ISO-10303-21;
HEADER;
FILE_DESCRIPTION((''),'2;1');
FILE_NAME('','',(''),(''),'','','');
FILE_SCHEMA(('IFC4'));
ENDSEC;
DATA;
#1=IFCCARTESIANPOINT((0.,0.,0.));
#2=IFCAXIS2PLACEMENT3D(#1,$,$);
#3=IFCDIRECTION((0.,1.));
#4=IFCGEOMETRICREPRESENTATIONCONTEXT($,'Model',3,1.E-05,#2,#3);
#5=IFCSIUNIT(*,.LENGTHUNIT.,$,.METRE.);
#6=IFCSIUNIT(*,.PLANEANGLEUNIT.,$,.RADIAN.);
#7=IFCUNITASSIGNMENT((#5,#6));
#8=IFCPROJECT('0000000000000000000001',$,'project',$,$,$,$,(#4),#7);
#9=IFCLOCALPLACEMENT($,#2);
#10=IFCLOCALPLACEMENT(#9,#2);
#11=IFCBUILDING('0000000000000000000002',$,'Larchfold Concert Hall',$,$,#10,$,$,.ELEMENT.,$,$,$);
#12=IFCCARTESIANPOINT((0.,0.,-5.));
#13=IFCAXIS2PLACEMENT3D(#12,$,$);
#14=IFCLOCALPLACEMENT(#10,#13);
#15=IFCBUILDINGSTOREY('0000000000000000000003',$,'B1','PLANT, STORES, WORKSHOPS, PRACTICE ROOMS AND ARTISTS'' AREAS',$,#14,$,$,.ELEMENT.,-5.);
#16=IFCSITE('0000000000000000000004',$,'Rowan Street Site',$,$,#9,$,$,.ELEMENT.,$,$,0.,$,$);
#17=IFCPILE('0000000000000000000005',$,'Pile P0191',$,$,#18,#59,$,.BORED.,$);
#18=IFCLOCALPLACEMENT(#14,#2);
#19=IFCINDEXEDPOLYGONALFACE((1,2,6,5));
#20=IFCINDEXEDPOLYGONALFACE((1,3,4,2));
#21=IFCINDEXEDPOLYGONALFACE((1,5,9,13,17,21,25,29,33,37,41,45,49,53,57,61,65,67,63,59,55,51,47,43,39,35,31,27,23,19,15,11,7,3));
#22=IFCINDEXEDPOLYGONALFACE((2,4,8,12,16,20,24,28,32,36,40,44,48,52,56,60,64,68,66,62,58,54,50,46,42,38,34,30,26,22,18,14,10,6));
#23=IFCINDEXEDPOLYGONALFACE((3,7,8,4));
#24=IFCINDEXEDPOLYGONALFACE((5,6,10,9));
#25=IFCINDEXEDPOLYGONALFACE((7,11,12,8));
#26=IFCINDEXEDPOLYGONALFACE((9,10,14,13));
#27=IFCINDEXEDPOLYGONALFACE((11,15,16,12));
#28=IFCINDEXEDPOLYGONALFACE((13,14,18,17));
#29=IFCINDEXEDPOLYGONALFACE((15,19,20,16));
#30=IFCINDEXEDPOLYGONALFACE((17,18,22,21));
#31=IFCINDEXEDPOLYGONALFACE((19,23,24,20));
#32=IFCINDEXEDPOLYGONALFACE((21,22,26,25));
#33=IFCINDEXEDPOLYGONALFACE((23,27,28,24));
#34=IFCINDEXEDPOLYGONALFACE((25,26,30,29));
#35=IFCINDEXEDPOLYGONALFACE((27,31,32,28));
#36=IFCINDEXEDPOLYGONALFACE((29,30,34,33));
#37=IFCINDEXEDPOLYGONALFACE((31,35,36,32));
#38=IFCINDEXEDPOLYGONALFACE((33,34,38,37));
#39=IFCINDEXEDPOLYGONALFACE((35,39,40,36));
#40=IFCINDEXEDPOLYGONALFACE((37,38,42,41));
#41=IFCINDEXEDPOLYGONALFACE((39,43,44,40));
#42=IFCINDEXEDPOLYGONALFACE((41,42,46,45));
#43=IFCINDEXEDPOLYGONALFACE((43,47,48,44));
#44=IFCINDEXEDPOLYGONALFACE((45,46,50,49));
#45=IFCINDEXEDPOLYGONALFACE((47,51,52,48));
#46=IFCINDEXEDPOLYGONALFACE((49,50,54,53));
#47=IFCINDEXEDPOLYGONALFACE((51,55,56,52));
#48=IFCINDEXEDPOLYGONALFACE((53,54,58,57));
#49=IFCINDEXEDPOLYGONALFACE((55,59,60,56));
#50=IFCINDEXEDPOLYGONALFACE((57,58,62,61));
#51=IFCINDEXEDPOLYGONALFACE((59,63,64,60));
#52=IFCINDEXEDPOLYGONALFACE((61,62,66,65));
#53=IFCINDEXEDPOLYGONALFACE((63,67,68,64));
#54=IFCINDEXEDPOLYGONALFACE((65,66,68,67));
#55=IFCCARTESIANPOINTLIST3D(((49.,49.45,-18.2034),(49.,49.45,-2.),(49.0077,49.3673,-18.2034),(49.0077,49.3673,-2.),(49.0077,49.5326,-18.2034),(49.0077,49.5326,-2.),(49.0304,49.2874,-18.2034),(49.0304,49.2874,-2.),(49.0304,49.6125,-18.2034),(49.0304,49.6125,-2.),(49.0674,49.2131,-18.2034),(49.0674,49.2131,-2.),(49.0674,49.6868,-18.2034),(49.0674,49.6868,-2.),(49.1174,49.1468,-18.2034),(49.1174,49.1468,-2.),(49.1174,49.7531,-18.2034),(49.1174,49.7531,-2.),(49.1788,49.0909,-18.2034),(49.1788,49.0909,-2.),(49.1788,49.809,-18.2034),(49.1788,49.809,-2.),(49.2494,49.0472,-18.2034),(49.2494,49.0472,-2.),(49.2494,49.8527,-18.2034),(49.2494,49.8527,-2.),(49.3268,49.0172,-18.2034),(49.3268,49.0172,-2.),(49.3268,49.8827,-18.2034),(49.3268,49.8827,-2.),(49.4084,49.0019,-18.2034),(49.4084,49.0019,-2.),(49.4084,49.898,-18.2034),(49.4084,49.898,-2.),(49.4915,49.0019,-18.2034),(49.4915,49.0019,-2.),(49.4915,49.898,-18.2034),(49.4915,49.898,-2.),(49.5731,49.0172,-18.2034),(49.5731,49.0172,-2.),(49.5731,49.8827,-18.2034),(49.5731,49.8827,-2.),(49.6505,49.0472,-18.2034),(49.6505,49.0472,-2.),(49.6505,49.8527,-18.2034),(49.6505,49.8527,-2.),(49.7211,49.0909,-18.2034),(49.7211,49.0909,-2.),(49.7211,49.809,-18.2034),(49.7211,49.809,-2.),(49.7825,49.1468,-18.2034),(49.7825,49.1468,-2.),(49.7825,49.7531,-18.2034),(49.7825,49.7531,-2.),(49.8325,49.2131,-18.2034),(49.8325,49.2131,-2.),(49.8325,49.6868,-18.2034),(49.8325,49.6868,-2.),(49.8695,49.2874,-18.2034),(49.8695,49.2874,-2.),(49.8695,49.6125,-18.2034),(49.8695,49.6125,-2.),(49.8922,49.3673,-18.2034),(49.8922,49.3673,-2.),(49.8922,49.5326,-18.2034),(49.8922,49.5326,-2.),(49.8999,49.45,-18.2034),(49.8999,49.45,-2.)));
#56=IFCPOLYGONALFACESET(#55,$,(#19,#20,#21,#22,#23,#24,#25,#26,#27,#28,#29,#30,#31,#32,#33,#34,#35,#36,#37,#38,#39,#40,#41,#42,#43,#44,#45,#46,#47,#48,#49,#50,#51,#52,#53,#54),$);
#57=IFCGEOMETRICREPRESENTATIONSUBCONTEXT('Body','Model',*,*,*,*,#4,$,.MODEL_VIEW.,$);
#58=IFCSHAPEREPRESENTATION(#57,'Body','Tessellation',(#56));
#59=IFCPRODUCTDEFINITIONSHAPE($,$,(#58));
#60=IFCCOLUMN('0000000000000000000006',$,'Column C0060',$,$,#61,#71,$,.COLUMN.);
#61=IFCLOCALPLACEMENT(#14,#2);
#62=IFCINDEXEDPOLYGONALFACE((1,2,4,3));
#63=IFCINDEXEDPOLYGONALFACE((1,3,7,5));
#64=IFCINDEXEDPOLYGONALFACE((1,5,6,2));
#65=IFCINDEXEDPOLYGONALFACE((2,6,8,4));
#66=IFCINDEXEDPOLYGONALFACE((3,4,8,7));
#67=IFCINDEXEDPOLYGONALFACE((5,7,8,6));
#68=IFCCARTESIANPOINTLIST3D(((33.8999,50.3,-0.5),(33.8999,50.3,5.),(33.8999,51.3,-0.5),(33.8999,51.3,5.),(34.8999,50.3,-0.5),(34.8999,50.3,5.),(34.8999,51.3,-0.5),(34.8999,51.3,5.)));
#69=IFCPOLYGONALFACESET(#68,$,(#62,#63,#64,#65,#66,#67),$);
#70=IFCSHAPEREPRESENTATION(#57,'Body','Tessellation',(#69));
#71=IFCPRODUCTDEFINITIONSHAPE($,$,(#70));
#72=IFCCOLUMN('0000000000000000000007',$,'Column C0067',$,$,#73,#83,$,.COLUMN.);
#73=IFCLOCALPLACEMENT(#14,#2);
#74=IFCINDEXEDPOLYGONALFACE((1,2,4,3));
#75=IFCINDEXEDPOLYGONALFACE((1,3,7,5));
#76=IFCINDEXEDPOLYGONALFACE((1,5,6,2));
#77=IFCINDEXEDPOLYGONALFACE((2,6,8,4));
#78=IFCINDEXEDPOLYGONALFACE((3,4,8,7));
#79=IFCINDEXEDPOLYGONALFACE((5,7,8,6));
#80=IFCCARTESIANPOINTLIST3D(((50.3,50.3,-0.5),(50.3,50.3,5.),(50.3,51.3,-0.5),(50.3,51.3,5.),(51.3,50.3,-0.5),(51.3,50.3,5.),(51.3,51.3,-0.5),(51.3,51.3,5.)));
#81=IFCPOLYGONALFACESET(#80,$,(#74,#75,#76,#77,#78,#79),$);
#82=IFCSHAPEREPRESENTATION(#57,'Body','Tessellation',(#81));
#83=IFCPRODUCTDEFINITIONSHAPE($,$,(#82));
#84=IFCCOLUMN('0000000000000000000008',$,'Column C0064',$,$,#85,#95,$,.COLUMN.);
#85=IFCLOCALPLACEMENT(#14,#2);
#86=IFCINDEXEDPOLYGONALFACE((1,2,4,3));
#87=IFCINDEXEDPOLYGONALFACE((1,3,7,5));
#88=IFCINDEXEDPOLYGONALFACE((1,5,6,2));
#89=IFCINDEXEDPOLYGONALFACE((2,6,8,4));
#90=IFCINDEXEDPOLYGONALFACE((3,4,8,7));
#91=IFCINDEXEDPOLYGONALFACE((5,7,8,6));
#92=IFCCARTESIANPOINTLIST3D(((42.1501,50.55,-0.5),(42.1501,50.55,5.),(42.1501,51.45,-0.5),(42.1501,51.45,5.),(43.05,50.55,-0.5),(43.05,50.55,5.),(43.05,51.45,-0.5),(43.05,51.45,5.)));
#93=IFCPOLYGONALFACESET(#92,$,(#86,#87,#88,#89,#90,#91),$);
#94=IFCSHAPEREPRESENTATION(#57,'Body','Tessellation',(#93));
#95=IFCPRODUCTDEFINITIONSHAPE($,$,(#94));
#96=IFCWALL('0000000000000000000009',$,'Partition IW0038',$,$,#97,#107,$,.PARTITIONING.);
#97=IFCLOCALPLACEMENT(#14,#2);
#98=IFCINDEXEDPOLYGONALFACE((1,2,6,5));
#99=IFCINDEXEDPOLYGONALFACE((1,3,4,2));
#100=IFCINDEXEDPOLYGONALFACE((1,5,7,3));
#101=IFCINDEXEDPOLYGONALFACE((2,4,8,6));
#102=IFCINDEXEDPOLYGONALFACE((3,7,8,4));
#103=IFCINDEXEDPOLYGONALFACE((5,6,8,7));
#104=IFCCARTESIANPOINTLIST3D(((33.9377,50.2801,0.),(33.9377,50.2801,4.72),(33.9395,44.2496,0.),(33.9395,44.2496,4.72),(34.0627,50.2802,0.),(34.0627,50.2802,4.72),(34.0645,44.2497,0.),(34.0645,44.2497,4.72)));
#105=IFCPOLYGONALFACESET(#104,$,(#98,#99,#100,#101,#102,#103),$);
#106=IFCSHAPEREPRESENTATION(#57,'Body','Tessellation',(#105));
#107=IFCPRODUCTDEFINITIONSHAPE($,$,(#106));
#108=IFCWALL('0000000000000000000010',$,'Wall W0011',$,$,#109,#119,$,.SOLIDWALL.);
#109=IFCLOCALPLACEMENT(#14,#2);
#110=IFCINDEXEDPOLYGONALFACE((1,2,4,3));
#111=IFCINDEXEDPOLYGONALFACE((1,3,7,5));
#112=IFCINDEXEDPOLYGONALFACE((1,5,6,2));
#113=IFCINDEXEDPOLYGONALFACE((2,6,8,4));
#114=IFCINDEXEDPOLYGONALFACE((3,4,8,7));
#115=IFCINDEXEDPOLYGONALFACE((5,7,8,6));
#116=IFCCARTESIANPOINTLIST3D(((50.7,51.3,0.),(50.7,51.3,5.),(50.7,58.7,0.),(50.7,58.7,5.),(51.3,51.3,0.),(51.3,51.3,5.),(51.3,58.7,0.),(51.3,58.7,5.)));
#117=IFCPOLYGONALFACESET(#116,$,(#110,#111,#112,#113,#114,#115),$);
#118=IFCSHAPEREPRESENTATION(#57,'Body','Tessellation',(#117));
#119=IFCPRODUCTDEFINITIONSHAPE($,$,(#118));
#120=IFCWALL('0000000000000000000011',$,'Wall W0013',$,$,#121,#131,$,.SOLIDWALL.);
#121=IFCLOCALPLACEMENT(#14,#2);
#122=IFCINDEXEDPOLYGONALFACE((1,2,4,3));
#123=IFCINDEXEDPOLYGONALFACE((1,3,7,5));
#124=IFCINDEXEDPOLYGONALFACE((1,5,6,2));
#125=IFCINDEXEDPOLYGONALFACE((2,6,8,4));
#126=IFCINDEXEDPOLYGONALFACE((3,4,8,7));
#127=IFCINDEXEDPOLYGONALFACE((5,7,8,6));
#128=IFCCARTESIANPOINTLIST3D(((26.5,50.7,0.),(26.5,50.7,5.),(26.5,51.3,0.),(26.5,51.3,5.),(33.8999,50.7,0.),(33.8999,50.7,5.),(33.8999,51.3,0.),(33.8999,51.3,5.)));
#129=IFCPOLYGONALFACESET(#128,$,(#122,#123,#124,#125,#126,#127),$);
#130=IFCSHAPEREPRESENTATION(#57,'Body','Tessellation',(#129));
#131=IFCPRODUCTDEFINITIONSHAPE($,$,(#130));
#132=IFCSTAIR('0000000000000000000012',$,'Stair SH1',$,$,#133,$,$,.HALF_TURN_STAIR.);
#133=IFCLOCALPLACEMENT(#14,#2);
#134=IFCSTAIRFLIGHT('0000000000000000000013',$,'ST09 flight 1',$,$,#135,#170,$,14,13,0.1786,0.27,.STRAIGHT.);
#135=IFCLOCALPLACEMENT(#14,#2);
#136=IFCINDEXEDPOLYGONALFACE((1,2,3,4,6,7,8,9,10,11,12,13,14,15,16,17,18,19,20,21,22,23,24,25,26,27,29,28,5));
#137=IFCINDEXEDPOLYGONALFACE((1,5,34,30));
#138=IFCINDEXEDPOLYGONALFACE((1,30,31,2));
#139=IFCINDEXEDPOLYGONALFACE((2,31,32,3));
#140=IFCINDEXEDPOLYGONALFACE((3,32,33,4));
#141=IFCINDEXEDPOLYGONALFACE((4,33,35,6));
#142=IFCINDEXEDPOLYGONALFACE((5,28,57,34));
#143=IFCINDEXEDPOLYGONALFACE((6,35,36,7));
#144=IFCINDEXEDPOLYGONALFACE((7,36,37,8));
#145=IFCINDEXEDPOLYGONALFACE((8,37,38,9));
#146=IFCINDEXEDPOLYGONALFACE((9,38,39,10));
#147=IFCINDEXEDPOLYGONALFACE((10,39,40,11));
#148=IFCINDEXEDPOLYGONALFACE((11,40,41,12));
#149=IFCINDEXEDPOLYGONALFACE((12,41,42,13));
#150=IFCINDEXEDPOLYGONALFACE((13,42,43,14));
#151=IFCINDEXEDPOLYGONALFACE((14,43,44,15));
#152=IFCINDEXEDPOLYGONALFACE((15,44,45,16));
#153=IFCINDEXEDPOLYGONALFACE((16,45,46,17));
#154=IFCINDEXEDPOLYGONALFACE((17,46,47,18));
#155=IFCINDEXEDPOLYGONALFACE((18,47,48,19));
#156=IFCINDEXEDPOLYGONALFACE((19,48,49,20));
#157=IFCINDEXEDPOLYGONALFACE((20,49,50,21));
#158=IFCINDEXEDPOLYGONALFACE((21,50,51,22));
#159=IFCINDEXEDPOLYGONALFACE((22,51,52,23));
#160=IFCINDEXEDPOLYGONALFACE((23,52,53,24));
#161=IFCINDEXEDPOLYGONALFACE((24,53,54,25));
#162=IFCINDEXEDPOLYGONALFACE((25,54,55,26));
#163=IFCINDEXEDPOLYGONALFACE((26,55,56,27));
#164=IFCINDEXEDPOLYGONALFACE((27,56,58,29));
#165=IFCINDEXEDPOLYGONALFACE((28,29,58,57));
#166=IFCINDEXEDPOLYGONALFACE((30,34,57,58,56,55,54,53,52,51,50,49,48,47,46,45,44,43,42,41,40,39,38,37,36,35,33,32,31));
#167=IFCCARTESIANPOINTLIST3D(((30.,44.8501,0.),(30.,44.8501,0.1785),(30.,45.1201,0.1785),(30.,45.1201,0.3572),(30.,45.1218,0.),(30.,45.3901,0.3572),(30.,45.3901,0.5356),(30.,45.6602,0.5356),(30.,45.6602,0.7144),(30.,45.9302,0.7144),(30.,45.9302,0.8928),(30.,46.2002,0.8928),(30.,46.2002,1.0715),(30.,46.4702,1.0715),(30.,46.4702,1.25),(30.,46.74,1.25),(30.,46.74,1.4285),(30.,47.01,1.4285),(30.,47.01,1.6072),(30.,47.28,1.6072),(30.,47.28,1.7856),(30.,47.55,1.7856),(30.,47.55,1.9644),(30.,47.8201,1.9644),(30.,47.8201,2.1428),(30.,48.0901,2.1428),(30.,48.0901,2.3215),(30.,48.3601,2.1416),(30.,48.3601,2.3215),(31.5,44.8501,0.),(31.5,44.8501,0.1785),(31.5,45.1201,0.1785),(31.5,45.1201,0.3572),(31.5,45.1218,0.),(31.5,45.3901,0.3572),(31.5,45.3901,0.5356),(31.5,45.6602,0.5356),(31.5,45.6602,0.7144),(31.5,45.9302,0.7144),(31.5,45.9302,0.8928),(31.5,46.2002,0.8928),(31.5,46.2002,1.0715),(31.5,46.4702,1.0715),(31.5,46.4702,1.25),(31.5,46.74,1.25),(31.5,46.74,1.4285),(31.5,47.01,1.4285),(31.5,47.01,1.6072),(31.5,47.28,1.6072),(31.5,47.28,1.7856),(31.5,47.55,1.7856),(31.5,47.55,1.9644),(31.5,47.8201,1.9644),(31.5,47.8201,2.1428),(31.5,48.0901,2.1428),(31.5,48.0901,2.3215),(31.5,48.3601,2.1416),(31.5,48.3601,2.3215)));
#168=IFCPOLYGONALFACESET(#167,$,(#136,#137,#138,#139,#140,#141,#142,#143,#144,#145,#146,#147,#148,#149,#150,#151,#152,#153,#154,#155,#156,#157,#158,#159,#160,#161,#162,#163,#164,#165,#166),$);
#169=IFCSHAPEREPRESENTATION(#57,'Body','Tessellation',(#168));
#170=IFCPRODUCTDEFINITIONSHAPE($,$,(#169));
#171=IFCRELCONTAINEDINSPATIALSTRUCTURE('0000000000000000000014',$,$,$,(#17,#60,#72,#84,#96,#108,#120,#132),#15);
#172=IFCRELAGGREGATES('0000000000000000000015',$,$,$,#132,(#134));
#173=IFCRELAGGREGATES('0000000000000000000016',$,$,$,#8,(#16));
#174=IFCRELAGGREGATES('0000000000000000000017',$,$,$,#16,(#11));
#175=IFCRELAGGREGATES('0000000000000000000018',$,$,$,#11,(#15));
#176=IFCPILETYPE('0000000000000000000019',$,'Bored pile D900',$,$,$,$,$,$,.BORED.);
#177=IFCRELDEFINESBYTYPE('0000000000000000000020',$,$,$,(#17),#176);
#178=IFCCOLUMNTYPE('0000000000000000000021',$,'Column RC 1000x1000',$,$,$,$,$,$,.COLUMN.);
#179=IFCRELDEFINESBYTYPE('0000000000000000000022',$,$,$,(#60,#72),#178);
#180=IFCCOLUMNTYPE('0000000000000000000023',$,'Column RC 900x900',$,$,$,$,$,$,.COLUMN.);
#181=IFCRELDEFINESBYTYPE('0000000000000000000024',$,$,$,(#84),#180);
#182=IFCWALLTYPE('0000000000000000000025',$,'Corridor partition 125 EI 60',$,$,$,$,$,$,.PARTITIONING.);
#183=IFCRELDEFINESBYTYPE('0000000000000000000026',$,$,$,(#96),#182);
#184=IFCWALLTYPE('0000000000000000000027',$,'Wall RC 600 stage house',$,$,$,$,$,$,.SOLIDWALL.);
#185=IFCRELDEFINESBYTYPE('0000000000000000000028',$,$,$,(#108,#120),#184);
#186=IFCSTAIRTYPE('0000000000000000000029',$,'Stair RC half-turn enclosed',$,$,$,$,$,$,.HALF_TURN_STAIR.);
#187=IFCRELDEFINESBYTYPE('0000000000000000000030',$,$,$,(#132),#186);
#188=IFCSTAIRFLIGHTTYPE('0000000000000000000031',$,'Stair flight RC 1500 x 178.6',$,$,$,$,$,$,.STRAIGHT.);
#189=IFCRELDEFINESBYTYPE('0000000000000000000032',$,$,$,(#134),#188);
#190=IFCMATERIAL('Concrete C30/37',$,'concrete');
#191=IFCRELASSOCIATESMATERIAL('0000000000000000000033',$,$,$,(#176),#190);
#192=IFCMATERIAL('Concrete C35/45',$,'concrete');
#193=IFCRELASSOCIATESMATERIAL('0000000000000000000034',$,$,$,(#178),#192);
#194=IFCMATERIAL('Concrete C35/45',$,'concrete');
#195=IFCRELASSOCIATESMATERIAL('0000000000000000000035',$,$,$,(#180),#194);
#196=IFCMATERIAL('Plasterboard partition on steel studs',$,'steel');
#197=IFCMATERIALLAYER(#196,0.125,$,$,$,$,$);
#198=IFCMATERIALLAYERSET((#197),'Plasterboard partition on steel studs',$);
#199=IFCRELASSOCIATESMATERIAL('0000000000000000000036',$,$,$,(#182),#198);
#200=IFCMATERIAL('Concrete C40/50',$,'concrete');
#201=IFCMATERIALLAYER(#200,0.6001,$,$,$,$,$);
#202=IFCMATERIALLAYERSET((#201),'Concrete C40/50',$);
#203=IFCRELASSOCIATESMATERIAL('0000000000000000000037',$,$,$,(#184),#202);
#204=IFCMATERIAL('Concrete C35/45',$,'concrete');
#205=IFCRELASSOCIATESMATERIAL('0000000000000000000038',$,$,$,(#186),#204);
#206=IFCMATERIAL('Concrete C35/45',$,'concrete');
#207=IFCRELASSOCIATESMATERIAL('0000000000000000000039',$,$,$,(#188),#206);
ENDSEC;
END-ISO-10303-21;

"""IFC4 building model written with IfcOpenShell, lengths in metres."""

from ifc_helpers import new_model, si_unit, direction, frame, frame_2d, origin, origin_2d, place, context, subcontext, project, spatial, polyline, rectangle, circle, outline, extrude, material, layer, layer_set, material_profile, profile_set, type_object, element, aggregate, save


model = new_model("IFC4")

# Units and contexts
model_context = context("Model", 3, precision=1e-05, world=origin(), true_north=direction((0.0, 1.0)))
body_context = subcontext(model_context, "Body", "Model", "MODEL_VIEW")
ifc_project = project(units=[si_unit("LENGTHUNIT", "METRE"), si_unit("PLANEANGLEUNIT", "RADIAN")], contexts=[model_context])

# Site, building, storey
site_placement = place(None, origin())
site = spatial("IfcSite", under=ifc_project, at=site_placement, Name="Rowan Street Site", CompositionType="ELEMENT", RefElevation=0.0)
building_placement = place(site_placement, origin())
building = spatial("IfcBuilding", under=site, at=building_placement, Name="Larchfold Concert Hall", CompositionType="ELEMENT")
storey_placement = place(building_placement, frame((0.0, 0.0, -5.0)))
storey = spatial("IfcBuildingStorey", under=building, at=storey_placement, Name="B1", Description="PLANT, STORES, WORKSHOPS, PRACTICE ROOMS AND ARTISTS' AREAS", CompositionType="ELEMENT", Elevation=-5.0)

# Pile
ifc_material_1 = material(Name="Concrete C30/37", Category="concrete")
ifc_material_profile_1 = material_profile(ifc_material_1, circle(Radius=0.45, at=origin_2d()))
ifc_profile_set_1 = profile_set([ifc_material_profile_1], Name="Concrete C30/37")
pile_type = type_object("IfcPileType", Name="Bored pile D900", PredefinedType="BORED", material=ifc_profile_set_1)
pile_placement = place(storey_placement, frame((49.45, 49.45, -2.0), z_axis=(0.0, 0.0, -1.0), x_axis=(1.0, 0.0, 0.0)))
element("IfcPile", 1, at=pile_placement, inside=storey, type_object=pile_type, Name="Pile P0191", PredefinedType="BORED", context=body_context, shape_type="SweptSolid", body=[
    extrude(circle(Radius=0.45, at=origin_2d()), origin(), (0.0, 0.0, 1.0), 16.2034),
])

# Columns
ifc_material_2 = material(Name="Concrete C35/45", Category="concrete")
ifc_material_profile_2 = material_profile(ifc_material_2, rectangle(XDim=1.0, YDim=1.0, at=origin_2d()))
ifc_profile_set_2 = profile_set([ifc_material_profile_2], Name="Concrete C35/45")
column_type_1 = type_object("IfcColumnType", Name="Column RC 1000x1000", PredefinedType="COLUMN", material=ifc_profile_set_2)
for number, where, z_axis, x_axis, name in (
    (2, (34.3999, 50.8, -0.5), (0.0, 0.0, 1.0), (1.0, 0.0, 0.0), "Column C0060"),
    (3, (50.8, 50.8, -0.5), (0.0, 0.0, 1.0), (1.0, 0.0, 0.0), "Column C0067"),
):
    element("IfcColumn", number, at=place(storey_placement, frame(where, z_axis=z_axis, x_axis=x_axis)), inside=storey, type_object=column_type_1, Name=name, PredefinedType="COLUMN", context=body_context, shape_type="SweptSolid", body=[
        extrude(rectangle(XDim=1.0, YDim=1.0, at=origin_2d()), origin(), (0.0, 0.0, 1.0), 5.5),
    ])
ifc_material_3 = material(Name="Concrete C35/45", Category="concrete")
ifc_material_profile_3 = material_profile(ifc_material_3, rectangle(XDim=0.8999, YDim=0.8999, at=origin_2d()))
ifc_profile_set_3 = profile_set([ifc_material_profile_3], Name="Concrete C35/45")
column_type_2 = type_object("IfcColumnType", Name="Column RC 900x900", PredefinedType="COLUMN", material=ifc_profile_set_3)
column_placement = place(storey_placement, frame((42.6001, 51.0, -0.5), z_axis=(0.0, 0.0, 1.0), x_axis=(1.0, 0.0, 0.0)))
element("IfcColumn", 4, at=column_placement, inside=storey, type_object=column_type_2, Name="Column C0064", PredefinedType="COLUMN", context=body_context, shape_type="SweptSolid", body=[
    extrude(rectangle(XDim=0.8999, YDim=0.8999, at=origin_2d()), origin(), (0.0, 0.0, 1.0), 5.5),
])

# Walls
ifc_material_4 = material(Name="Plasterboard partition on steel studs", Category="steel")
ifc_layer_1 = layer(ifc_material_4, 0.125)
ifc_layer_set_1 = layer_set([ifc_layer_1], Name="Plasterboard partition on steel studs")
wall_type_1 = type_object("IfcWallType", Name="Corridor partition 125 EI 60", PredefinedType="PARTITIONING", material=ifc_layer_set_1)
wall_placement = place(storey_placement, frame((34.0002, 50.28, 0.0), z_axis=(0.0, 0.0, 1.0), x_axis=(0.000283, -1.0, 0.0)))
element("IfcWall", 5, at=wall_placement, inside=storey, type_object=wall_type_1, Name="Partition IW0038", PredefinedType="PARTITIONING", context=body_context, shape_type="SweptSolid", body=[
    extrude(rectangle(XDim=6.0305, YDim=0.125, at=frame_2d((3.0151, 0.0))), origin(), (0.0, 0.0, 1.0), 4.72),
])
ifc_material_5 = material(Name="Concrete C40/50", Category="concrete")
ifc_layer_2 = layer(ifc_material_5, 0.6001)
ifc_layer_set_2 = layer_set([ifc_layer_2], Name="Concrete C40/50")
wall_type_2 = type_object("IfcWallType", Name="Wall RC 600 stage house", PredefinedType="SOLIDWALL", material=ifc_layer_set_2)
for number, where, z_axis, x_axis, name in (
    (6, (51.0, 51.3, 0.0), (0.0, 0.0, 1.0), (0.0, 1.0, 0.0), "Wall W0011"),
    (7, (33.8999, 51.0, 0.0), (0.0, 0.0, 1.0), (-1.0, 0.0, 0.0), "Wall W0013"),
):
    element("IfcWall", number, at=place(storey_placement, frame(where, z_axis=z_axis, x_axis=x_axis)), inside=storey, type_object=wall_type_2, Name=name, PredefinedType="SOLIDWALL", context=body_context, shape_type="SweptSolid", body=[
        extrude(rectangle(XDim=7.3999, YDim=0.6001, at=frame_2d((3.7, 0.0))), origin(), (0.0, 0.0, 1.0), 5.0),
    ])

# Stair, stair flight
ifc_material_6 = material(Name="Concrete C35/45", Category="concrete")
stair_type = type_object("IfcStairType", Name="Stair RC half-turn enclosed", PredefinedType="HALF_TURN_STAIR", material=ifc_material_6)
stair_placement = place(storey_placement, origin())
stair = element("IfcStair", 8, at=stair_placement, inside=storey, type_object=stair_type, Name="Stair SH1", PredefinedType="HALF_TURN_STAIR")
ifc_material_7 = material(Name="Concrete C35/45", Category="concrete")
stair_flight_type = type_object("IfcStairFlightType", Name="Stair flight RC 1500 x 178.6", PredefinedType="STRAIGHT", material=ifc_material_7)
stair_flight_1_placement = place(storey_placement, frame((30.75, 44.8501, 0.0), z_axis=(0.0, 0.0, 1.0), x_axis=(0.0, 1.0, 0.0)))
stair_flight_1 = element("IfcStairFlight", 9, at=stair_flight_1_placement, type_object=stair_flight_type, Name="ST09 flight 1", NumberOfRisers=14, NumberOfTreads=13, PredefinedType="STRAIGHT", RiserHeight=0.1786, TreadLength=0.27, context=body_context, shape_type="SweptSolid", body=[
    extrude(outline(polyline([(0.0, 0.0), (0.0, 0.1785), (0.27, 0.1785), (0.27, 0.3572), (0.54, 0.3572), (0.54, 0.5356), (0.8101, 0.5356), (0.8101, 0.7144), (1.0801, 0.7144), (1.0801, 0.8928), (1.3501, 0.8928), (1.3501, 1.0715), (1.6201, 1.0715), (1.6201, 1.25), (1.8899, 1.25), (1.8899, 1.4285), (2.1599, 1.4285), (2.1599, 1.6072), (2.4299, 1.6072), (2.4299, 1.7856), (2.7, 1.7856), (2.7, 1.9644), (2.97, 1.9644), (2.97, 2.1428), (3.24, 2.1428), (3.24, 2.3215), (3.51, 2.3215), (3.51, 2.5), (3.51, 2.1416), (0.2717, 0.0), (0.0, 0.0)])), frame((0.0, 0.75, 0.0), z_axis=(0.0, -1.0, 0.0), x_axis=(1.0, 0.0, 0.0)), (0.0, 0.0, 1.0), 1.5),
])
aggregate(stair, [stair_flight_1])

save(model, "model.ifc")
